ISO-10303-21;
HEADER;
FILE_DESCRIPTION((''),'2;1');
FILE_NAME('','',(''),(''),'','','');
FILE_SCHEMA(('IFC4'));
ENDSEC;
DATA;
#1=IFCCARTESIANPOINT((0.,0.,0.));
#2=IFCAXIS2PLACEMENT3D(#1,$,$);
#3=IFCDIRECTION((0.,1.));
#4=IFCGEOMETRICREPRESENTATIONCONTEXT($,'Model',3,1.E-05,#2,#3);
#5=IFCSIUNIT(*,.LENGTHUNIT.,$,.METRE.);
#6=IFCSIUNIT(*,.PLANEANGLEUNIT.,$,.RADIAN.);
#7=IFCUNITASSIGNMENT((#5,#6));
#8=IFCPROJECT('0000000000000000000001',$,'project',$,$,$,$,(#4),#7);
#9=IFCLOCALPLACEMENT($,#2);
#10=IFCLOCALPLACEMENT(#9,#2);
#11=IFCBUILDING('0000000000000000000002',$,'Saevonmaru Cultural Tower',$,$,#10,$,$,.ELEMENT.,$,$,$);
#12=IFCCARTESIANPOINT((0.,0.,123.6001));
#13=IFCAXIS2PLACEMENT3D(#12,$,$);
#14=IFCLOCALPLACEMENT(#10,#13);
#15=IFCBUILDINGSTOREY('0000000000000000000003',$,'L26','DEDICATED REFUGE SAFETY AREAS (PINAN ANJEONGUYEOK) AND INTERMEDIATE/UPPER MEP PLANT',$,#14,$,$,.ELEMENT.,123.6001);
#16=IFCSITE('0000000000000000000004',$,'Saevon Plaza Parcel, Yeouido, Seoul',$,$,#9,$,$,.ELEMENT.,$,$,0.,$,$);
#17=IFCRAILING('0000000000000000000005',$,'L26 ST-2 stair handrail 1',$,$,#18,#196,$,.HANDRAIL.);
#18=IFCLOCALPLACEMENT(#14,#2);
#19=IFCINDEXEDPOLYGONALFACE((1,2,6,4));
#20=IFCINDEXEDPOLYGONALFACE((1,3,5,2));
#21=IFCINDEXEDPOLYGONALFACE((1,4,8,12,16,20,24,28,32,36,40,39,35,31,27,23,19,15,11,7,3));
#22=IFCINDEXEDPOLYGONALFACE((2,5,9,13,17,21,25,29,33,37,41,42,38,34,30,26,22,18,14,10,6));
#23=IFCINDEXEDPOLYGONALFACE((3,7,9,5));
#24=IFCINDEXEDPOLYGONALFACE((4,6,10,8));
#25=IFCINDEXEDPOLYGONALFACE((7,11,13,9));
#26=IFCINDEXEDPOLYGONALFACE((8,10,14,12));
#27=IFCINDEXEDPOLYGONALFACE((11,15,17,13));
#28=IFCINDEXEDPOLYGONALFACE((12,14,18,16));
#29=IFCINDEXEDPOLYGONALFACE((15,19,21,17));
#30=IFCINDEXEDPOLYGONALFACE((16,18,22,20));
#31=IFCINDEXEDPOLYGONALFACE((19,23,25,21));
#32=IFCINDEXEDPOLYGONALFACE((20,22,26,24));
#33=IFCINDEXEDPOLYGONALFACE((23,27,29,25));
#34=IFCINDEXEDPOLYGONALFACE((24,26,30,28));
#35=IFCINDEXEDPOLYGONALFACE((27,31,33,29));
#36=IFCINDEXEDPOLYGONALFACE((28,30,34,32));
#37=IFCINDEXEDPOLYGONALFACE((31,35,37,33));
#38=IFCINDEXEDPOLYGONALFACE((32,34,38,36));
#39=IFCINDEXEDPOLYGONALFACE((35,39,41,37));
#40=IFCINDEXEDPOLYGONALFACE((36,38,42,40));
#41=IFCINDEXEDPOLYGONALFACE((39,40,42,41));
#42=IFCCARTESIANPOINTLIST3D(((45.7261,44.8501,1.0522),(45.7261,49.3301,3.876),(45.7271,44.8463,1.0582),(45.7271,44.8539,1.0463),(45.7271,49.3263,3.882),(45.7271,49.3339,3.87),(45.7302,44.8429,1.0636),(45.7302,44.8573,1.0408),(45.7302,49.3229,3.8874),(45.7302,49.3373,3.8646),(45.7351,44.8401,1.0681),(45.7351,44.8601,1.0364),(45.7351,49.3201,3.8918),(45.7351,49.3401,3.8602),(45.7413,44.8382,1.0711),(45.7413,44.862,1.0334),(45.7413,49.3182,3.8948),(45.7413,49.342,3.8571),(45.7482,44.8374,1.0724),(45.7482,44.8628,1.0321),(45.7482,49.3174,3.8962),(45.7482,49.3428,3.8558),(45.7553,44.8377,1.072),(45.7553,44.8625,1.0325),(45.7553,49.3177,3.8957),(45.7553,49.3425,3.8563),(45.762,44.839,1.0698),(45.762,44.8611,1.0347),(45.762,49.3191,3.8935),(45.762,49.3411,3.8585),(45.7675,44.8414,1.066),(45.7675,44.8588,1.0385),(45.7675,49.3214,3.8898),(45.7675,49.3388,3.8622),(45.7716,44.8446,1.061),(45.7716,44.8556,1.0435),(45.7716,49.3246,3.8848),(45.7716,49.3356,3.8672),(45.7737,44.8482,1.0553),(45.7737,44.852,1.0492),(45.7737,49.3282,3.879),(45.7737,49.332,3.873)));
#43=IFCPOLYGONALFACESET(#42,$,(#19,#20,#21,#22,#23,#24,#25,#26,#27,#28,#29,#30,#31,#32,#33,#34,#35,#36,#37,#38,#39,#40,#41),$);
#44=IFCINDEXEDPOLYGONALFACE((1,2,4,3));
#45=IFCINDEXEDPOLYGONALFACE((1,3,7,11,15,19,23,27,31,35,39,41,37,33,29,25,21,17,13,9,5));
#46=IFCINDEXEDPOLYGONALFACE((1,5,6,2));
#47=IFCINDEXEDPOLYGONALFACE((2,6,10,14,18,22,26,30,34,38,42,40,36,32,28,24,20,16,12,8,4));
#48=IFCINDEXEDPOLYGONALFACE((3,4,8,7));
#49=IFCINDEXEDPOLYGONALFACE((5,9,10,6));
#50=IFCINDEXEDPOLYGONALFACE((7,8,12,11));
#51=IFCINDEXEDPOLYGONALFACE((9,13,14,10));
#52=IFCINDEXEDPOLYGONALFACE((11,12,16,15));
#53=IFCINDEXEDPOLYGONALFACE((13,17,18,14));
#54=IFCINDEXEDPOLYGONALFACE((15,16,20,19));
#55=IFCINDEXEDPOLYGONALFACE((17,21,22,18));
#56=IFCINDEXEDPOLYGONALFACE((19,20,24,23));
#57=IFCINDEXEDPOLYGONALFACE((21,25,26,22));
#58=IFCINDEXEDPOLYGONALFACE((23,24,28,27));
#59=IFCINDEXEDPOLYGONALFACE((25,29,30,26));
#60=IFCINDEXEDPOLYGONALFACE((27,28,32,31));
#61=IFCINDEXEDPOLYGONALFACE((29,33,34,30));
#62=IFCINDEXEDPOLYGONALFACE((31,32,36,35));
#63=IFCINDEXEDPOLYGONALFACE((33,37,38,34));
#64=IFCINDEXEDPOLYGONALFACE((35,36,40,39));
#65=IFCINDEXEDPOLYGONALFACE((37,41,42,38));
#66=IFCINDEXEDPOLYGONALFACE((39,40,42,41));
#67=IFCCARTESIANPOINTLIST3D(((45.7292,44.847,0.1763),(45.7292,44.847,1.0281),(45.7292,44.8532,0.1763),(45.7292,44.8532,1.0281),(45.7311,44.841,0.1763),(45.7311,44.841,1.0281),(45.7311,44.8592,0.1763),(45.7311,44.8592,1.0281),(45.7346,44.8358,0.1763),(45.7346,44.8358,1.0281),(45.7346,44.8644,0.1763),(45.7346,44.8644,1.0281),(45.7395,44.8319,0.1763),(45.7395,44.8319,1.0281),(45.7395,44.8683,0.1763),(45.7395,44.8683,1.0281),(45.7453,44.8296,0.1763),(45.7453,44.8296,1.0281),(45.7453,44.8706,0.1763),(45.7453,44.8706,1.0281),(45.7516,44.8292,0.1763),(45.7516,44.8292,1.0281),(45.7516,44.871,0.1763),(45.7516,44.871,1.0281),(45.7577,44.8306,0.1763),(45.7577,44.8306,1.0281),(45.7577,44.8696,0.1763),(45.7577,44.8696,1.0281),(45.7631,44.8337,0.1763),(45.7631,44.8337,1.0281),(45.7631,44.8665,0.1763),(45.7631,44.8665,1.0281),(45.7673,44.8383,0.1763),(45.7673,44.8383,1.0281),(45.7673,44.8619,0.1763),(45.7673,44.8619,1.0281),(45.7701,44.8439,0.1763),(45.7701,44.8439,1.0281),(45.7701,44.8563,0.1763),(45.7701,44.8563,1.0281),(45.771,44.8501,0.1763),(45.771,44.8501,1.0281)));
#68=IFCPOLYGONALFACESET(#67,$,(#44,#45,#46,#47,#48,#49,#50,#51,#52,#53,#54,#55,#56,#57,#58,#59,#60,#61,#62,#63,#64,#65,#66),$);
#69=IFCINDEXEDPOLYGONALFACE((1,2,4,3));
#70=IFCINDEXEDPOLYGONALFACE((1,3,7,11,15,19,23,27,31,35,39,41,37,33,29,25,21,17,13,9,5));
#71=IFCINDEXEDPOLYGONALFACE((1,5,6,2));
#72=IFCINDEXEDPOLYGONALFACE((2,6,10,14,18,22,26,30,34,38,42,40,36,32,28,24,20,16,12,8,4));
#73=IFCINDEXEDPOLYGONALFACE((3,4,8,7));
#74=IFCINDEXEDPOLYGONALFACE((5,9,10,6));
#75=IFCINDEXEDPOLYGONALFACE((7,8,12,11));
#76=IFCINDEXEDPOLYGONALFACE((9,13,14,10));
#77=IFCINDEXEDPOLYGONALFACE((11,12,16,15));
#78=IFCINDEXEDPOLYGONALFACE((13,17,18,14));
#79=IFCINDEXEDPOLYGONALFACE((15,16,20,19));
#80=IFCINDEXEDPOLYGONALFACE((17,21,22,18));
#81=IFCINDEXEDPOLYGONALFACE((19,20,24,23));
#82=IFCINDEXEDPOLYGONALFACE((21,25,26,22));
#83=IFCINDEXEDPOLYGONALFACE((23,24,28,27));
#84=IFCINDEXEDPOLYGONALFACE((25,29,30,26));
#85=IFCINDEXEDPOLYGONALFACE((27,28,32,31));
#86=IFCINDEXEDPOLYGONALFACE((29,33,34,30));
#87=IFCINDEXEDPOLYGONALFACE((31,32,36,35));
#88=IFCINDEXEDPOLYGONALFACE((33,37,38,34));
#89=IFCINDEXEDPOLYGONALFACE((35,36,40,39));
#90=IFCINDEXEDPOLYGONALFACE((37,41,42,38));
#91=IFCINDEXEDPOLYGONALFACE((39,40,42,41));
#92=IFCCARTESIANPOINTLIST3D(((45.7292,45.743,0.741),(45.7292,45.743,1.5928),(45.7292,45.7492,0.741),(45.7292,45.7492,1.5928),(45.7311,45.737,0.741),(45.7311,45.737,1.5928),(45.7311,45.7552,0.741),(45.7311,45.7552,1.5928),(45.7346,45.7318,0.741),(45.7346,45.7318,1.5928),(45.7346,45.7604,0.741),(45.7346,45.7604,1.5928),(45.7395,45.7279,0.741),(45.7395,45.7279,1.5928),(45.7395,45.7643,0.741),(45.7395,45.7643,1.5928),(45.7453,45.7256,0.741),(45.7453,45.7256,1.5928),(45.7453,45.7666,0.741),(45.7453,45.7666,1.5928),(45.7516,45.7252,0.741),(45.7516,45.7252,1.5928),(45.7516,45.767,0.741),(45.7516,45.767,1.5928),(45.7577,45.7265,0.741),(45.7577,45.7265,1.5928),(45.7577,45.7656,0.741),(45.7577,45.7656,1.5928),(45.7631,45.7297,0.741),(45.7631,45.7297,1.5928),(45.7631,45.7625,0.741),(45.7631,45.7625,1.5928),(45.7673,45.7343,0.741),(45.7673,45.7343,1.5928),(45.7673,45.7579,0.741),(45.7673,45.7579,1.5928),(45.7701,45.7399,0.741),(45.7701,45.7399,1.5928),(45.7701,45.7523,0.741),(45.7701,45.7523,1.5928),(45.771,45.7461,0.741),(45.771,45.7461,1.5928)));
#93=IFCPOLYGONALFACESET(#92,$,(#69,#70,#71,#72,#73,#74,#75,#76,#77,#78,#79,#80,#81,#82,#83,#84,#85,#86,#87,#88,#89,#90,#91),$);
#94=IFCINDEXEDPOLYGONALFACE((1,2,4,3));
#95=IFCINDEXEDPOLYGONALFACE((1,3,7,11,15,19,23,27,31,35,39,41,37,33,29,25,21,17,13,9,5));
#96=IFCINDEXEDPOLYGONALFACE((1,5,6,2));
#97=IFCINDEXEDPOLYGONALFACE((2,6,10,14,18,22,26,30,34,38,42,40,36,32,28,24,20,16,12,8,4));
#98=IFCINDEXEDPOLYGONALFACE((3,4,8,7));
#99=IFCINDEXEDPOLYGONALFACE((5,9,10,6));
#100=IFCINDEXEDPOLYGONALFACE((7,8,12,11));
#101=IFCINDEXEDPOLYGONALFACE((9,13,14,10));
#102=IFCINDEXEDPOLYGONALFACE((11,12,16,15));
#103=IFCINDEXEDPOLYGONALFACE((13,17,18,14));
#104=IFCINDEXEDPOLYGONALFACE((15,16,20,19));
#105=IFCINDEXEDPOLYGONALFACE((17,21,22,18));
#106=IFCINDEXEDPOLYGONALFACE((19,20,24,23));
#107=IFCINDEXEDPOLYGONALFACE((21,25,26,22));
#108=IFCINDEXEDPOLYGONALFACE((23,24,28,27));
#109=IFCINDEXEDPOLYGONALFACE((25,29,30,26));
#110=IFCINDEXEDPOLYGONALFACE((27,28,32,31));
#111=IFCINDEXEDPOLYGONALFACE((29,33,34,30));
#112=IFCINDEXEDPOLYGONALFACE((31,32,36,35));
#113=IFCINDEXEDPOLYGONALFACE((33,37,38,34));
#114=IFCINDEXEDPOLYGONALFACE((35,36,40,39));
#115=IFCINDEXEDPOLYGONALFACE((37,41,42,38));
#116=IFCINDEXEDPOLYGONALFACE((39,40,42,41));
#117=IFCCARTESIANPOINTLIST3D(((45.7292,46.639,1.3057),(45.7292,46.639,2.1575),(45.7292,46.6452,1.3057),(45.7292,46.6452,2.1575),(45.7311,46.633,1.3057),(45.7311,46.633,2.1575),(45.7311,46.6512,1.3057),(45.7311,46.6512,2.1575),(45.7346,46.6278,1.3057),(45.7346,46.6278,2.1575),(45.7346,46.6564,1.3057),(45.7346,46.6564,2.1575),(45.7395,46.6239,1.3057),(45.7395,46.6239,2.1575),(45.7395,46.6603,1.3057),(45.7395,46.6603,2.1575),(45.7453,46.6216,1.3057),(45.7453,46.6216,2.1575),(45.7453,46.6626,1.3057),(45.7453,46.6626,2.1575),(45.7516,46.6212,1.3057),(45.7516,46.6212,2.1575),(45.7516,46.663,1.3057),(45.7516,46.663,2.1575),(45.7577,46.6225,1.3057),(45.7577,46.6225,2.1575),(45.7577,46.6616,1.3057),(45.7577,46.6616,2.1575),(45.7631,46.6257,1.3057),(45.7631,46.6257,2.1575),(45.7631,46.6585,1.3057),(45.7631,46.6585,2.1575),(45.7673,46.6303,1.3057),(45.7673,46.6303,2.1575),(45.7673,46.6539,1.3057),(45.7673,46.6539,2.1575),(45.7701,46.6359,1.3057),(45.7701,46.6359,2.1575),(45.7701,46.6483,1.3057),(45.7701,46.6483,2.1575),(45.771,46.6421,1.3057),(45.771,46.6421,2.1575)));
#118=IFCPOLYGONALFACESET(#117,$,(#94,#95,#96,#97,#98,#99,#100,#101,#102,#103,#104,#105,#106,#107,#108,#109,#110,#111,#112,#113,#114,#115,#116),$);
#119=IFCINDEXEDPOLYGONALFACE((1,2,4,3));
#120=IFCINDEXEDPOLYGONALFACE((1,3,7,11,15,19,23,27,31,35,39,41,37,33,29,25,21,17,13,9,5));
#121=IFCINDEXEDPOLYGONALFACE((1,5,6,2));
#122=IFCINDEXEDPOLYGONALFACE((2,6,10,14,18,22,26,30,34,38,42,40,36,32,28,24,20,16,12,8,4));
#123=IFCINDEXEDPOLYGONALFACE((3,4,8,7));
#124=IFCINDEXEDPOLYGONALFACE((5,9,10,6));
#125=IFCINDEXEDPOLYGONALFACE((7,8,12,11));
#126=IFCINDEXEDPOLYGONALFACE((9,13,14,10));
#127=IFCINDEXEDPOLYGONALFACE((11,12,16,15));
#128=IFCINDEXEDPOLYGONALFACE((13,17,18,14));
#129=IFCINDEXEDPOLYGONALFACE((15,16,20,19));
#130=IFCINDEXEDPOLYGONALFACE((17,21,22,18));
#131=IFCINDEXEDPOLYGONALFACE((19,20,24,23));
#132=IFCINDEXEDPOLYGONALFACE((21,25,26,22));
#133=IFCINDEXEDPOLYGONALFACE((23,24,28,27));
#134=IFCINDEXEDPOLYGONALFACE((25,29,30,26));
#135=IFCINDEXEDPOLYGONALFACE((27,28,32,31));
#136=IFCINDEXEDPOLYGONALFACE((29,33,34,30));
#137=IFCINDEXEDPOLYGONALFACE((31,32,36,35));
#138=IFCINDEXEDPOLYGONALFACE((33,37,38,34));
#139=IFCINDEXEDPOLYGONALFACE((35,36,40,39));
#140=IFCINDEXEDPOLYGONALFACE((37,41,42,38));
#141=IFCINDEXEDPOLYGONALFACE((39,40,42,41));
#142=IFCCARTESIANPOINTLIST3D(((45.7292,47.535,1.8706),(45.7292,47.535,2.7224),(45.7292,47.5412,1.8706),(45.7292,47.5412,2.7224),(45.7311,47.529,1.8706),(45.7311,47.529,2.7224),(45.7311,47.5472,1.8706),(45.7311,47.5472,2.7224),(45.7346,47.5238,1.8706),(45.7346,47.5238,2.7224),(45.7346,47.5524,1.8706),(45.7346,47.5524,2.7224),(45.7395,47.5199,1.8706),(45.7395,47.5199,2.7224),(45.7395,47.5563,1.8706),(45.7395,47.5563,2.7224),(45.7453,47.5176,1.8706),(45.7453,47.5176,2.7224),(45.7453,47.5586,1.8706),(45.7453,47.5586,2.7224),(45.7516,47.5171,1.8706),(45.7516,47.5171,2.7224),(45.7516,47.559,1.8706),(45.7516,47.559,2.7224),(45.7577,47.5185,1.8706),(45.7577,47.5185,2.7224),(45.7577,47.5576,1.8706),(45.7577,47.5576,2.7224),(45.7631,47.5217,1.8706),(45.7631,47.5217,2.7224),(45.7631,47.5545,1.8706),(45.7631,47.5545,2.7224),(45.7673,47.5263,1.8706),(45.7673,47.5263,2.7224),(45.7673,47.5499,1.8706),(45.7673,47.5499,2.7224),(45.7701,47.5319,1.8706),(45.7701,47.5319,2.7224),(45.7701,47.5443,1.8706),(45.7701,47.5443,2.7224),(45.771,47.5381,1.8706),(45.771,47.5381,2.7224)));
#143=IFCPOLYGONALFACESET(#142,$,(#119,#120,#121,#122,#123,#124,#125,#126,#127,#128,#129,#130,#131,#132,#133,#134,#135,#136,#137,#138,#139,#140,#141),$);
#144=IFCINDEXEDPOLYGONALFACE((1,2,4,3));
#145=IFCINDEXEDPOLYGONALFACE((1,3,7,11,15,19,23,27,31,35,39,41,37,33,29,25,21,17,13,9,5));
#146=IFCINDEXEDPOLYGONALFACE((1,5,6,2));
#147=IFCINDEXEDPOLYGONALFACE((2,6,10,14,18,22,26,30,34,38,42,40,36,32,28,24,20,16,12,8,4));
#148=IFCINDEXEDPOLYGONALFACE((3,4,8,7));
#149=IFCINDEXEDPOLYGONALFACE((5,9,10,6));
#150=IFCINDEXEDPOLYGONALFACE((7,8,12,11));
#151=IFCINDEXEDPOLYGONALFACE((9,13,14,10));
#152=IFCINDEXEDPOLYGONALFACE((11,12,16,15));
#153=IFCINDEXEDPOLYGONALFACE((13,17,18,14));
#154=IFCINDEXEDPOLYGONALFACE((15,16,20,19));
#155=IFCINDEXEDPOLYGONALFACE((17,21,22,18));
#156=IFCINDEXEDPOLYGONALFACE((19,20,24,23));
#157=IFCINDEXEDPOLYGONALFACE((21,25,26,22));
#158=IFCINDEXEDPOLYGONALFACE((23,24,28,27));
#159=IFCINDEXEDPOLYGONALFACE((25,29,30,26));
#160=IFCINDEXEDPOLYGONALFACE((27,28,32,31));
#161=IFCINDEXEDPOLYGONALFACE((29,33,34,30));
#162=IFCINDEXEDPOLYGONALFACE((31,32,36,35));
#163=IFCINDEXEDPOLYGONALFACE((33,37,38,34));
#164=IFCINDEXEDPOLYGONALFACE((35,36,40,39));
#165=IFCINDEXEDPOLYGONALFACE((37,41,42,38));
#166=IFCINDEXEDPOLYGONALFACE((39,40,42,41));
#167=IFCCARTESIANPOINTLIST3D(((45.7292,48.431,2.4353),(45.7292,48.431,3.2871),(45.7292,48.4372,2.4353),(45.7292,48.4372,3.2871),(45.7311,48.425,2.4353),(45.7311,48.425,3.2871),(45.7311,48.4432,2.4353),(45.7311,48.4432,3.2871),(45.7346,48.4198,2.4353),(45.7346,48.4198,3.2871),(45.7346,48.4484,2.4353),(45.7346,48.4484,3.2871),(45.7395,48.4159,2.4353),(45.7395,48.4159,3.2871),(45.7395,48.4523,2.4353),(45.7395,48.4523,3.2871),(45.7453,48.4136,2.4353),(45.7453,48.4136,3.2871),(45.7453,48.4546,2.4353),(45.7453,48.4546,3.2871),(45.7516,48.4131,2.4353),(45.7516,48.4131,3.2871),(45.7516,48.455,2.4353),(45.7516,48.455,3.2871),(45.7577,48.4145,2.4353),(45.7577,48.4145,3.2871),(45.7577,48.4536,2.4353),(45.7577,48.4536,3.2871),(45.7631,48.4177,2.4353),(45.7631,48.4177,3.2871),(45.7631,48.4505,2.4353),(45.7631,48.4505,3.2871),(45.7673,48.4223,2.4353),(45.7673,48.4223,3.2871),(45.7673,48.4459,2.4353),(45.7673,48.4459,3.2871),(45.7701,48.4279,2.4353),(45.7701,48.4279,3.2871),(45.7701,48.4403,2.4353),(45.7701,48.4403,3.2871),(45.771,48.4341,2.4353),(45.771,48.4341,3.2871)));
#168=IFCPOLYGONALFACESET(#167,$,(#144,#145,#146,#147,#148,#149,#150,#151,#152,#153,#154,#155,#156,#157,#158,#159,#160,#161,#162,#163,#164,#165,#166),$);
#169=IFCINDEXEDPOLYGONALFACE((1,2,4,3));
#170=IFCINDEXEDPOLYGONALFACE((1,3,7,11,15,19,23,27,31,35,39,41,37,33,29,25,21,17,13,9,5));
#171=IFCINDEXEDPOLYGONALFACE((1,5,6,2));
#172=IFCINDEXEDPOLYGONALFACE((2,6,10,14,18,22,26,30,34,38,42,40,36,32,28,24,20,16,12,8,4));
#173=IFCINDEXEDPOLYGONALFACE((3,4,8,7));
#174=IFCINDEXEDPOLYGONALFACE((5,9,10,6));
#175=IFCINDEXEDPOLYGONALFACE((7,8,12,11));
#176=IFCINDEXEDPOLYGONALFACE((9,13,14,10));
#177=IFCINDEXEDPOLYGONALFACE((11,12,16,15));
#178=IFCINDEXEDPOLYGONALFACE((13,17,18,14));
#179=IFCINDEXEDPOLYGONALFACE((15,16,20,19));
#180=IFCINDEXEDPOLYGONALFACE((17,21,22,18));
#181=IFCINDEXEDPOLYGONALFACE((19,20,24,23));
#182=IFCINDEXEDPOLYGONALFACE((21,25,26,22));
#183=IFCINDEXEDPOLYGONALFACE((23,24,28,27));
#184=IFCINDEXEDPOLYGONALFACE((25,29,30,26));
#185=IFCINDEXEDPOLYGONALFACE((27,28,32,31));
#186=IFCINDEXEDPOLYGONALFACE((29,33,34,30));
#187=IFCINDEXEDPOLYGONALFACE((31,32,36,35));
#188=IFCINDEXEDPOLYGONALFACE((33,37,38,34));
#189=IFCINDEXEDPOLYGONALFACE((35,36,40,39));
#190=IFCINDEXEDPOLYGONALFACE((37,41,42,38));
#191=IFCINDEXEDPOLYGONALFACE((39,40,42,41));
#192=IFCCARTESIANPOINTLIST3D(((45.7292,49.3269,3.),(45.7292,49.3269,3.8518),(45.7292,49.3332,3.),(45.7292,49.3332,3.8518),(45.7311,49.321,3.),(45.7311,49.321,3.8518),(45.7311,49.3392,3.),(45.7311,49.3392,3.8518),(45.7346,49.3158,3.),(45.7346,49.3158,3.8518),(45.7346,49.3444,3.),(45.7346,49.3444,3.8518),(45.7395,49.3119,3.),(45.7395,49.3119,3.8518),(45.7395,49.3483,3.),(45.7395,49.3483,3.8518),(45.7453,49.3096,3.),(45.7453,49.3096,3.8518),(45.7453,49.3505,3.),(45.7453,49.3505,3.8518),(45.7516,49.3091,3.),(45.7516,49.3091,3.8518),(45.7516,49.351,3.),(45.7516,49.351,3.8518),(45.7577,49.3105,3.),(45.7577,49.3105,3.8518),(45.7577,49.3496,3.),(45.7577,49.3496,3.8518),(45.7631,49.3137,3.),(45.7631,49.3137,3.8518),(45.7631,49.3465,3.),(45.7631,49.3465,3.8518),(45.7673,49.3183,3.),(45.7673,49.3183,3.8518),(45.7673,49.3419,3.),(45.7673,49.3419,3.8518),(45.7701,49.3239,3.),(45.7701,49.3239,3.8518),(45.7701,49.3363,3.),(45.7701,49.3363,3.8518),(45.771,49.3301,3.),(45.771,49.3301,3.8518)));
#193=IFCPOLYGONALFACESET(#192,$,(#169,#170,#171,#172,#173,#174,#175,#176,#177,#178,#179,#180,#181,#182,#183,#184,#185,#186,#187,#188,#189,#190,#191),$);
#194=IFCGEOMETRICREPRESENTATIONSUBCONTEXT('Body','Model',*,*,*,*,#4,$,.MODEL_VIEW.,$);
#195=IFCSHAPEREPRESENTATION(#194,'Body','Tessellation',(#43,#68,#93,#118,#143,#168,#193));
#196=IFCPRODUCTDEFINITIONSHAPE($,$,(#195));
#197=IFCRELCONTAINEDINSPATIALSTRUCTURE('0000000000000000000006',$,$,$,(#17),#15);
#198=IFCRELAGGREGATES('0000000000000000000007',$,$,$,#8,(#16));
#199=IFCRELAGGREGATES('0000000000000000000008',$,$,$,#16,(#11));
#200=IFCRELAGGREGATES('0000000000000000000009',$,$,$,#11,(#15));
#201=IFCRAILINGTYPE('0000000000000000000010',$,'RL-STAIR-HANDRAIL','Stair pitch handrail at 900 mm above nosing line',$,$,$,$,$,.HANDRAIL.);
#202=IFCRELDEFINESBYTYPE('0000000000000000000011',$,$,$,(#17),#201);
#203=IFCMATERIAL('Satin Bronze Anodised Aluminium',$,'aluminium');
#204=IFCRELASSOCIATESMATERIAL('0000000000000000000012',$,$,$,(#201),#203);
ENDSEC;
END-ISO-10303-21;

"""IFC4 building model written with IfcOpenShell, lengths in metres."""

from ifc_helpers import new_model, si_unit, direction, frame, origin, origin_2d, place, context, subcontext, project, spatial, circle, extrude, material, type_object, element, save


model = new_model("IFC4")

# Units and contexts
model_context = context("Model", 3, precision=1e-05, world=origin(), true_north=direction((0.0, 1.0)))
body_context = subcontext(model_context, "Body", "Model", "MODEL_VIEW")
ifc_project = project(units=[si_unit("LENGTHUNIT", "METRE"), si_unit("PLANEANGLEUNIT", "RADIAN")], contexts=[model_context])

# Site, building, storey
site_placement = place(None, origin())
site = spatial("IfcSite", under=ifc_project, at=site_placement, Name="Saevon Plaza Parcel, Yeouido, Seoul", CompositionType="ELEMENT", RefElevation=0.0)
building_placement = place(site_placement, origin())
building = spatial("IfcBuilding", under=site, at=building_placement, Name="Saevonmaru Cultural Tower", CompositionType="ELEMENT")
storey_placement = place(building_placement, frame((0.0, 0.0, 123.6001)))
storey = spatial("IfcBuildingStorey", under=building, at=storey_placement, Name="L26", Description="DEDICATED REFUGE SAFETY AREAS (PINAN ANJEONGUYEOK) AND INTERMEDIATE/UPPER MEP PLANT", CompositionType="ELEMENT", Elevation=123.6001)

# Shared definitions
ifc_material_1 = material(Name="Satin Bronze Anodised Aluminium", Category="aluminium")

# Railing
railing_type_1 = type_object("IfcRailingType", Name="RL-STAIR-HANDRAIL", Description="Stair pitch handrail at 900 mm above nosing line", PredefinedType="HANDRAIL", material=ifc_material_1)
railing_1_placement = place(storey_placement, frame((45.75, 44.8501, 0.1763)))
element("IfcRailing", 1, at=railing_1_placement, inside=storey, type_object=railing_type_1, Name="L26 ST-2 stair handrail 1", PredefinedType="HANDRAIL", context=body_context, shape_type="SweptSolid", body=[
    extrude(circle(Radius=0.0239, at=origin_2d()), frame((0.0, 0.0, 0.876), z_axis=(0.0, 0.845977, 0.533219), x_axis=(-1.0, 0.0, 0.0)), (0.0, 0.0, 1.0), 5.2957),
    extrude(circle(Radius=0.021, at=origin_2d()), origin(), (0.0, 0.0, 1.0), 0.8518),
    extrude(circle(Radius=0.021, at=origin_2d()), frame((0.0, 0.896, 0.5647)), (0.0, 0.0, 1.0), 0.8518),
    extrude(circle(Radius=0.021, at=origin_2d()), frame((0.0, 1.792, 1.1294)), (0.0, 0.0, 1.0), 0.8518),
    extrude(circle(Radius=0.021, at=origin_2d()), frame((0.0, 2.688, 1.6943)), (0.0, 0.0, 1.0), 0.8518),
    extrude(circle(Radius=0.021, at=origin_2d()), frame((0.0, 3.584, 2.259)), (0.0, 0.0, 1.0), 0.8518),
    extrude(circle(Radius=0.021, at=origin_2d()), frame((0.0, 4.48, 2.8237)), (0.0, 0.0, 1.0), 0.8518),
])

save(model, "model.ifc")
